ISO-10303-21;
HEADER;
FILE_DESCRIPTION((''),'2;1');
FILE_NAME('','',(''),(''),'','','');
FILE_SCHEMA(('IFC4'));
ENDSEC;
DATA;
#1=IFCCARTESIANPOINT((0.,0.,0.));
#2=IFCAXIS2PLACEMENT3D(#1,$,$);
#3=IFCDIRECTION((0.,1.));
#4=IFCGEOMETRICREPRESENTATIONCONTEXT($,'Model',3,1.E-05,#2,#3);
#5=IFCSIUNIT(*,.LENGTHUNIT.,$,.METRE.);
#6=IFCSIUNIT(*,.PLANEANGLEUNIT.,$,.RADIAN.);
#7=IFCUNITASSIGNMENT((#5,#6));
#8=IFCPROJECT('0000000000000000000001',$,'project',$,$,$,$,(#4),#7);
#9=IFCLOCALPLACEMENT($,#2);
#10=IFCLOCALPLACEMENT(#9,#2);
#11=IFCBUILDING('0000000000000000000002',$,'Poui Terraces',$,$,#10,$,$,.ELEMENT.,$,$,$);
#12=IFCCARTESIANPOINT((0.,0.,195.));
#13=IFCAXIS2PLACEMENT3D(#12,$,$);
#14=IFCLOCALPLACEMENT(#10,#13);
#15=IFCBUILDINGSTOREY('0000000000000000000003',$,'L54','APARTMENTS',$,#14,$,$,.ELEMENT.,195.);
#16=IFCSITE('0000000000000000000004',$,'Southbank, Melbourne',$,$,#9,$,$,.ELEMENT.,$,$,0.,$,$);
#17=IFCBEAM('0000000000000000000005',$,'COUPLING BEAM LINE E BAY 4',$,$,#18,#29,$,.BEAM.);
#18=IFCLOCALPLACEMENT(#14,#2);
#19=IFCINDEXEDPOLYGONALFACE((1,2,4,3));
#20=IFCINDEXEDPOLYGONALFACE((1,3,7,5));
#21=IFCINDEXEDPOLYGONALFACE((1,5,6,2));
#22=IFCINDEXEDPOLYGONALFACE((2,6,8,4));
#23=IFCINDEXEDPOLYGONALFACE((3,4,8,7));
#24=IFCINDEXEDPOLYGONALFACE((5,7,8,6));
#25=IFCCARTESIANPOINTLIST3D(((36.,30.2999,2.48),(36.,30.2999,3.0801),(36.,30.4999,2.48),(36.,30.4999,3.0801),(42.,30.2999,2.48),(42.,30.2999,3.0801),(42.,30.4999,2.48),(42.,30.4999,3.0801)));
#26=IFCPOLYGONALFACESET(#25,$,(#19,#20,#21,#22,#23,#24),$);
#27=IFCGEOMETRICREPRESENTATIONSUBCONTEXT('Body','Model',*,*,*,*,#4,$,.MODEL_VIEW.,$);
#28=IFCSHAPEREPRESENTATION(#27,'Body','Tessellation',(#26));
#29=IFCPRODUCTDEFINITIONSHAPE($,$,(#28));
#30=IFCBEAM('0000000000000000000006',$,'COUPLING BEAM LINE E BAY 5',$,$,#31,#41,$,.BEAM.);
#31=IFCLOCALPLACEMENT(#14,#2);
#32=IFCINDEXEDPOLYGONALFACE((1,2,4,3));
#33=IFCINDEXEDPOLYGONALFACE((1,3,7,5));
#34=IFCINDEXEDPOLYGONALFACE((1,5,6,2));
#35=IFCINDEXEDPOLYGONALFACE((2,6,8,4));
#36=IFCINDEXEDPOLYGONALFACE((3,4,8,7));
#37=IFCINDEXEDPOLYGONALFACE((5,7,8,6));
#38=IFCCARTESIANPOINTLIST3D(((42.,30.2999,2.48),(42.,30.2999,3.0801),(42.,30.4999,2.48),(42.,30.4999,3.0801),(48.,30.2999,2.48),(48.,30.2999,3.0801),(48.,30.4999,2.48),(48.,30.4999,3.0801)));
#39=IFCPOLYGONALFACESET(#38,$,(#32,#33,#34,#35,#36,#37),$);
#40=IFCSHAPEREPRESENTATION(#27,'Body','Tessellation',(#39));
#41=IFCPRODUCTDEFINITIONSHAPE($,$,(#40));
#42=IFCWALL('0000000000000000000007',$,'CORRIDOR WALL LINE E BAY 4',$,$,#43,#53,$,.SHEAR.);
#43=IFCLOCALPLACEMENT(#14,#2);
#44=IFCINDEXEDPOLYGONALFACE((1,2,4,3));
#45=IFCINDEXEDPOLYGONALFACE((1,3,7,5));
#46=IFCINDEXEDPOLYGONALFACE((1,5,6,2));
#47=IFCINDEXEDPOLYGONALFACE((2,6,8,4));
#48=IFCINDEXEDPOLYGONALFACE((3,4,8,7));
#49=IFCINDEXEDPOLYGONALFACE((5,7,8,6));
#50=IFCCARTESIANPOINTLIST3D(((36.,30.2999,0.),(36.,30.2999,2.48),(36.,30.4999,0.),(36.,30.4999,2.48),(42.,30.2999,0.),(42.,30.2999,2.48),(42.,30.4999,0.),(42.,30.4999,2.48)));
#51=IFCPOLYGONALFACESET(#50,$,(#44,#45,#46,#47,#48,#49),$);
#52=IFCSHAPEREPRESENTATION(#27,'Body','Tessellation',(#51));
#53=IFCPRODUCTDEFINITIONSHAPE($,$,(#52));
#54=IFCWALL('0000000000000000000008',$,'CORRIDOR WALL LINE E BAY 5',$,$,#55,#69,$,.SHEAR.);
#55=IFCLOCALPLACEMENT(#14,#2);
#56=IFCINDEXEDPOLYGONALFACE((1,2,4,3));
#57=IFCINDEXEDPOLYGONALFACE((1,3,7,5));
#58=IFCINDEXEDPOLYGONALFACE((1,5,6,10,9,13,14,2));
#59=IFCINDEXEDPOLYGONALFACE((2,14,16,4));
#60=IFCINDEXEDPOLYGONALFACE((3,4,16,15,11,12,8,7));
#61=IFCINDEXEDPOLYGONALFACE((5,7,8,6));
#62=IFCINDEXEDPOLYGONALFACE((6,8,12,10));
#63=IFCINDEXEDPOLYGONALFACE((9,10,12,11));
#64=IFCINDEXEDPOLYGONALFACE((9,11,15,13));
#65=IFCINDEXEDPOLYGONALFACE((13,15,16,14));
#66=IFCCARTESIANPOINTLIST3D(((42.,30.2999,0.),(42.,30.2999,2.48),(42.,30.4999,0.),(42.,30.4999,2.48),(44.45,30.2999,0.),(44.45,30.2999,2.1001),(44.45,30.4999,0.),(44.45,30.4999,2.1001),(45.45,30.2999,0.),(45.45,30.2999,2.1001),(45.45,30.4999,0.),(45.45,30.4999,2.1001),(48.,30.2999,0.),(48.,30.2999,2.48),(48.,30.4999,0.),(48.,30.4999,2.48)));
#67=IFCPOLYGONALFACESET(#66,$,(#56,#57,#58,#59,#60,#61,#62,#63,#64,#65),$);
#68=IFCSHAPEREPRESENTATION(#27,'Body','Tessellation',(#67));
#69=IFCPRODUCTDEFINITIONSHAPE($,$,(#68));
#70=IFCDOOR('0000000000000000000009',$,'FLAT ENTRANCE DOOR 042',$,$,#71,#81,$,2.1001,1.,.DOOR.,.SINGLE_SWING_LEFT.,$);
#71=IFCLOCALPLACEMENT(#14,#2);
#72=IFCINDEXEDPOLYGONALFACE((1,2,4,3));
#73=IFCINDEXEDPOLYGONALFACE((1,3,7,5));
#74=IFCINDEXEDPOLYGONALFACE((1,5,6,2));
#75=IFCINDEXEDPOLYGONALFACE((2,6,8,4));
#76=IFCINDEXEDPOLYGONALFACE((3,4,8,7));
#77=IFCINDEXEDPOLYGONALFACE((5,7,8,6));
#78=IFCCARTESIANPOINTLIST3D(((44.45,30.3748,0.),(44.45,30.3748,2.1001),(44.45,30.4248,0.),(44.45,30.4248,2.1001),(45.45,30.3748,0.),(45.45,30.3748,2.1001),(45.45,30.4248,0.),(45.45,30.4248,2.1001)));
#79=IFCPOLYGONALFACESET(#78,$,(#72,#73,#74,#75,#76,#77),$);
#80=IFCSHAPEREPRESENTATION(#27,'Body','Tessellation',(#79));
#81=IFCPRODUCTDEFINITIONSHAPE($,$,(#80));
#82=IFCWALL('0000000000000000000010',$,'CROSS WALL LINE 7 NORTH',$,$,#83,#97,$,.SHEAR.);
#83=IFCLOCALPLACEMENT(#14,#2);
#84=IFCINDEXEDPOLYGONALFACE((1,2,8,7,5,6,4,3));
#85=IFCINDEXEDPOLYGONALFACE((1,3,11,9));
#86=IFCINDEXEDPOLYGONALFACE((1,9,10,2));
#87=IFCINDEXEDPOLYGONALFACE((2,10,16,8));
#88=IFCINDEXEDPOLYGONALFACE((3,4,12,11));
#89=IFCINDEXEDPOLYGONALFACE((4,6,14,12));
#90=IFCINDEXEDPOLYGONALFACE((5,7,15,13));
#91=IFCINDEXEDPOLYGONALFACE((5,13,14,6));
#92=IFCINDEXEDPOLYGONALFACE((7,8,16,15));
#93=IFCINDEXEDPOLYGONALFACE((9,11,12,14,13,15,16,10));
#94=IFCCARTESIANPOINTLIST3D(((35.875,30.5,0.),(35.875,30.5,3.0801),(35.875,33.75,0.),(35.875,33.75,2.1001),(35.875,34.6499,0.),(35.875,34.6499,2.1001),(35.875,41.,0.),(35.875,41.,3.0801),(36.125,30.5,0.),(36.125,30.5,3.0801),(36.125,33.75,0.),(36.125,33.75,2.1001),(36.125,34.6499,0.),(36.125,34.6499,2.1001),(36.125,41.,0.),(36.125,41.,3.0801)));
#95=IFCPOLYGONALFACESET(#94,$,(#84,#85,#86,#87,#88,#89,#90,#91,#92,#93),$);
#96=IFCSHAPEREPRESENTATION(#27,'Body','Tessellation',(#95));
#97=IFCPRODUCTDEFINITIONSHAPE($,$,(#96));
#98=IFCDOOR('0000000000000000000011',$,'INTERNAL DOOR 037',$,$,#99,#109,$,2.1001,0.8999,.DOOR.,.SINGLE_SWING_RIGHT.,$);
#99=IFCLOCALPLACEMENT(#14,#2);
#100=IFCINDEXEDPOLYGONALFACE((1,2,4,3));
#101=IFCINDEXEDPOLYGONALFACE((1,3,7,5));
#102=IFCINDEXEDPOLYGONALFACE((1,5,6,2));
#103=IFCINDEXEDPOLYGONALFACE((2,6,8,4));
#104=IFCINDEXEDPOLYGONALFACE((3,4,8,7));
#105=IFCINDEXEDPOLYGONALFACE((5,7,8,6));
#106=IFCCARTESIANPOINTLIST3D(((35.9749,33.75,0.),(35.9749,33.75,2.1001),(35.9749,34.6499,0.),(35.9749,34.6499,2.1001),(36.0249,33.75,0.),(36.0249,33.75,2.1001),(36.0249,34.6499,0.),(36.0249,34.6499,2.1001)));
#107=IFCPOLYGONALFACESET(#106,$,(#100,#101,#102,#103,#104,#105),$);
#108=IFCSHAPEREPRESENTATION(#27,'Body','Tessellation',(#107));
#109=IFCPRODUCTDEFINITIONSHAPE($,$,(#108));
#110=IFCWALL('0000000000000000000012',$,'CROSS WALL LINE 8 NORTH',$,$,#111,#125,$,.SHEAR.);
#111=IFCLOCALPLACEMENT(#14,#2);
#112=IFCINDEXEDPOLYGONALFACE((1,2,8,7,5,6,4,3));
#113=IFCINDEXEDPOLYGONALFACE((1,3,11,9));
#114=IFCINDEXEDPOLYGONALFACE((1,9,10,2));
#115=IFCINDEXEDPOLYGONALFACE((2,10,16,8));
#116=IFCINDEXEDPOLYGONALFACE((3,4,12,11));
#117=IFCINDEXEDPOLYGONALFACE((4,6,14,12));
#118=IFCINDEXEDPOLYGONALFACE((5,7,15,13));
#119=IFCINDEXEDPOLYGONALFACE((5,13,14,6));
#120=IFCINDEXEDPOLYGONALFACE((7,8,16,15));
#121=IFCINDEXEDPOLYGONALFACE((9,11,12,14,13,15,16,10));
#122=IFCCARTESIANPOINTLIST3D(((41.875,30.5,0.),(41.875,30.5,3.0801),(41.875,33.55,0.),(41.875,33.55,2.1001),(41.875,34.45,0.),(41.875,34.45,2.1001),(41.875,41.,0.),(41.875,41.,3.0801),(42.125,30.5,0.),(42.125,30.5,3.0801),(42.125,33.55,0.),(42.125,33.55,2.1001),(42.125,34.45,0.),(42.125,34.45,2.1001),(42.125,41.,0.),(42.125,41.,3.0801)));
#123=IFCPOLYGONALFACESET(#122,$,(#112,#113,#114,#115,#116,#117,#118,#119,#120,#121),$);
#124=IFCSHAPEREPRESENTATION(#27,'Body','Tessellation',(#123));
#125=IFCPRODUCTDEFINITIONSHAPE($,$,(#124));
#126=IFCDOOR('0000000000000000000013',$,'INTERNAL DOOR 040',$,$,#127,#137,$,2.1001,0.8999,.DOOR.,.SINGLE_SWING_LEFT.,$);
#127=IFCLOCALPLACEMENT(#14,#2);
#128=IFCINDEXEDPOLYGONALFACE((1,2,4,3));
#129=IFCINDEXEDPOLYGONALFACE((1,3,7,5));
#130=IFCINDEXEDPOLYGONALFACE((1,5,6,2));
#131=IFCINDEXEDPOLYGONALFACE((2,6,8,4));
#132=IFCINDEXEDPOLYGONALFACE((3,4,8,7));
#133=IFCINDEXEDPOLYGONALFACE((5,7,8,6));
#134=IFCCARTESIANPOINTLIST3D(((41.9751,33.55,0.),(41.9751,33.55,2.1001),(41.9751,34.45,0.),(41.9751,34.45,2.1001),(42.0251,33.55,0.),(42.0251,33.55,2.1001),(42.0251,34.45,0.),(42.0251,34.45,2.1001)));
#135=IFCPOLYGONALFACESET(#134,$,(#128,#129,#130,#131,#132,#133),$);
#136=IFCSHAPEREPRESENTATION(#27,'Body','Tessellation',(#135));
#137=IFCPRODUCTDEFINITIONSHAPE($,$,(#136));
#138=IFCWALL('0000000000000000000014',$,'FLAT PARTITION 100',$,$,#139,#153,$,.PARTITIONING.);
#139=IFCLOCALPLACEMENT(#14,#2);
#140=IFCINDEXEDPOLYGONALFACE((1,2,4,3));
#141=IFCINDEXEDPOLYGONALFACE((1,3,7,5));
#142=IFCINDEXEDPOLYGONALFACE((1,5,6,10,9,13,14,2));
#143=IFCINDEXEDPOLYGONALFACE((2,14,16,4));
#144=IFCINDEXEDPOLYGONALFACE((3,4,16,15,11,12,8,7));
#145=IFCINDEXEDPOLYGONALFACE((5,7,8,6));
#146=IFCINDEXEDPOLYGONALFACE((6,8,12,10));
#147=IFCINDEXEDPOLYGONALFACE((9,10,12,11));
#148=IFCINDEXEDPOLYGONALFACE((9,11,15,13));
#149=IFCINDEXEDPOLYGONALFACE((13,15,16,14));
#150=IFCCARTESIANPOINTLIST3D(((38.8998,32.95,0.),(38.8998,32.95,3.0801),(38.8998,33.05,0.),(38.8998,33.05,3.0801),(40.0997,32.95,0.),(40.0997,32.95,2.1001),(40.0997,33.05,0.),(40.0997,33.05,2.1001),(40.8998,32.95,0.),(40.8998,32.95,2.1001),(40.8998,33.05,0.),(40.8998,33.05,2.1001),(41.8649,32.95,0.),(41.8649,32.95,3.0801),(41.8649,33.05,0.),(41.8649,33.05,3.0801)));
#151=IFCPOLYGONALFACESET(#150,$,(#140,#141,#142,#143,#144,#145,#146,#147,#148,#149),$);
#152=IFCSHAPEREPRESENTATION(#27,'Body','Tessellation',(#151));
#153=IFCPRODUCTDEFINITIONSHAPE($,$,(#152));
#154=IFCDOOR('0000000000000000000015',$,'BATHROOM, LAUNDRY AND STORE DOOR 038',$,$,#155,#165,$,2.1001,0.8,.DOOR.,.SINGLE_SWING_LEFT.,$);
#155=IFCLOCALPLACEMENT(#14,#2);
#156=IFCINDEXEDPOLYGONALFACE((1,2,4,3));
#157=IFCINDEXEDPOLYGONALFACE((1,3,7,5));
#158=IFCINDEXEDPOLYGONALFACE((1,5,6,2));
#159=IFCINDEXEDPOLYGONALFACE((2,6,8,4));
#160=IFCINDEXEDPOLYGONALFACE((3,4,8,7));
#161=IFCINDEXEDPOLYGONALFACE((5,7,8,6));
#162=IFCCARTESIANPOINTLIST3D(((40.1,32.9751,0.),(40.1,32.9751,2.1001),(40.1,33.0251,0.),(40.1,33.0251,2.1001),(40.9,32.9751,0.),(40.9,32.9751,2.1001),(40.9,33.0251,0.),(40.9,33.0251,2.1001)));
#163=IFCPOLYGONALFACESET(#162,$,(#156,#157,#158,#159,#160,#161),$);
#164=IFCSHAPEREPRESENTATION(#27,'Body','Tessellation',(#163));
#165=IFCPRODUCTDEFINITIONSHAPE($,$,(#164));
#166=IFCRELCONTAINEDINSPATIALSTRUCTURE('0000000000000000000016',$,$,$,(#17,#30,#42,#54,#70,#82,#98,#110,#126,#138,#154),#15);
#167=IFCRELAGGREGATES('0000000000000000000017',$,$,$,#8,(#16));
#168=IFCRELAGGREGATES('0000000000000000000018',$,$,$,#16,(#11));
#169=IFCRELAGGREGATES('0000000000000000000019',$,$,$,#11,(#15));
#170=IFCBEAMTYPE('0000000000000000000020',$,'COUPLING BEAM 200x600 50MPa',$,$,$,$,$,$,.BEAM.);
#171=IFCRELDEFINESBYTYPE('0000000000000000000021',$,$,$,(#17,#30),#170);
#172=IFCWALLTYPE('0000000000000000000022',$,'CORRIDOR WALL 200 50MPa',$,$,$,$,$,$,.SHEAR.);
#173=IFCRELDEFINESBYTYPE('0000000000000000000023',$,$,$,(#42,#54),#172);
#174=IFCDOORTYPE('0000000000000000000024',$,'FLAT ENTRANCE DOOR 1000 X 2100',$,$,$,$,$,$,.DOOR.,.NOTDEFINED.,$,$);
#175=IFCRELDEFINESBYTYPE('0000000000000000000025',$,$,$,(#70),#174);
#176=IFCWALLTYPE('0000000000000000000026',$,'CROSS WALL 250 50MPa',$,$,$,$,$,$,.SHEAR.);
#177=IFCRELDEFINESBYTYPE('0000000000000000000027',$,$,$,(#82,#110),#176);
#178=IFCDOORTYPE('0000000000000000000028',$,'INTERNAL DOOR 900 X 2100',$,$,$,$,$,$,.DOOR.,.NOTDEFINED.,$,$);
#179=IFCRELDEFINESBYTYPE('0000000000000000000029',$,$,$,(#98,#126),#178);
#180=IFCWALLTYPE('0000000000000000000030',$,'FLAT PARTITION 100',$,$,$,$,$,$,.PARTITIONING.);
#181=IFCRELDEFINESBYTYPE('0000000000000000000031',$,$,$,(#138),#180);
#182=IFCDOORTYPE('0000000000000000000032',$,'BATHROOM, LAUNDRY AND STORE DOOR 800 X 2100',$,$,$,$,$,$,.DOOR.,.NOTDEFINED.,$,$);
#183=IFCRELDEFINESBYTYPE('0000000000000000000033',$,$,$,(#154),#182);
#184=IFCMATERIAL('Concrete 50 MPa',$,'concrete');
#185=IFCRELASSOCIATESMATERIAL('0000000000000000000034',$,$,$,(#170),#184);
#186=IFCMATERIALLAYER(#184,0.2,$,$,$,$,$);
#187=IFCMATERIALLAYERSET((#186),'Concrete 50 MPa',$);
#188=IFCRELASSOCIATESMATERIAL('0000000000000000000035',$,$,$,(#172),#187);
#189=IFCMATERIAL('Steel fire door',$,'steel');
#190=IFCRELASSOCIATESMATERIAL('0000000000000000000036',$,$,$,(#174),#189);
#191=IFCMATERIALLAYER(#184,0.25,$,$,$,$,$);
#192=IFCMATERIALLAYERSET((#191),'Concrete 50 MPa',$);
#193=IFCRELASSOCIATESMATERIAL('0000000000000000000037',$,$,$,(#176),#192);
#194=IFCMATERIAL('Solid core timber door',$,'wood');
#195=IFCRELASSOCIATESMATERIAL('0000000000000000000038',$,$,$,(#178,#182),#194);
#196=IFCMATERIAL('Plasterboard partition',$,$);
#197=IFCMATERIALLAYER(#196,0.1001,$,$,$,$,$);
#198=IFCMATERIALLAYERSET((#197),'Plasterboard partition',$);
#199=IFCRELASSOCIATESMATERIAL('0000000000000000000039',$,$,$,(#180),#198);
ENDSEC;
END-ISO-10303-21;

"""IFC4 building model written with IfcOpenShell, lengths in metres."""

from ifc_helpers import new_model, si_unit, direction, frame, frame_2d, origin, origin_2d, place, context, subcontext, project, spatial, rectangle, extrude, source, transform, mapped, material, layer, layer_set, material_profile, profile_set, type_object, element, fill, save


model = new_model("IFC4")

# Units and contexts
model_context = context("Model", 3, precision=1e-05, world=origin(), true_north=direction((0.0, 1.0)))
body_context = subcontext(model_context, "Body", "Model", "MODEL_VIEW")
ifc_project = project(units=[si_unit("LENGTHUNIT", "METRE"), si_unit("PLANEANGLEUNIT", "RADIAN")], contexts=[model_context])

# Site, building, storey
site_placement = place(None, origin())
site = spatial("IfcSite", under=ifc_project, at=site_placement, Name="Southbank, Melbourne", CompositionType="ELEMENT", RefElevation=0.0)
building_placement = place(site_placement, origin())
building = spatial("IfcBuilding", under=site, at=building_placement, Name="Poui Terraces", CompositionType="ELEMENT")
storey_placement = place(building_placement, frame((0.0, 0.0, 195.0)))
storey = spatial("IfcBuildingStorey", under=building, at=storey_placement, Name="L54", Description="APARTMENTS", CompositionType="ELEMENT", Elevation=195.0)

# Beams
ifc_material_1 = material(Name="Concrete 50 MPa", Category="concrete")
ifc_material_profile_1 = material_profile(ifc_material_1, rectangle(XDim=0.2, YDim=0.6001, at=origin_2d()), Name="RC 200x600")
ifc_profile_set_1 = profile_set([ifc_material_profile_1], Name="Concrete 50 MPa")
beam_type = type_object("IfcBeamType", Name="COUPLING BEAM 200x600 50MPa", PredefinedType="BEAM", material=ifc_profile_set_1)
shared_shape_1 = source(origin(), body_context, "Body", "SweptSolid", [
    extrude(rectangle(XDim=0.2, YDim=0.6001, at=origin_2d()), origin(), (0.0, 0.0, 1.0), 6.0),
])
for number, where, z_axis, x_axis, name in (
    (1, (36.0, 30.3999, 2.78), (1.0, 0.0, 0.0), (0.0, 1.0, 0.0), "COUPLING BEAM LINE E BAY 4"),
    (2, (42.0, 30.3999, 2.78), (1.0, 0.0, 0.0), (0.0, 1.0, 0.0), "COUPLING BEAM LINE E BAY 5"),
):
    element("IfcBeam", number, at=place(storey_placement, frame(where, z_axis=z_axis, x_axis=x_axis)), inside=storey, type_object=beam_type, Name=name, PredefinedType="BEAM", context=body_context, shape_type="MappedRepresentation", body=[
        mapped(shared_shape_1, transform((0.0, 0.0, 0.0))),
    ])

# Wall
ifc_layer_1 = layer(ifc_material_1, 0.2)
ifc_layer_set_1 = layer_set([ifc_layer_1], Name="Concrete 50 MPa")
wall_type_1 = type_object("IfcWallType", Name="CORRIDOR WALL 200 50MPa", PredefinedType="SHEAR", material=ifc_layer_set_1)
wall_1_placement = place(storey_placement, frame((36.0, 30.3999, 0.0), z_axis=(0.0, 0.0, 1.0), x_axis=(1.0, 0.0, 0.0)))
element("IfcWall", 3, at=wall_1_placement, inside=storey, type_object=wall_type_1, Name="CORRIDOR WALL LINE E BAY 4", PredefinedType="SHEAR", context=body_context, shape_type="SweptSolid", body=[
    extrude(rectangle(XDim=6.0, YDim=0.2, at=frame_2d((3.0, 0.0))), origin(), (0.0, 0.0, 1.0), 2.48),
])

# Walls, openings, doors
wall_2_placement = place(storey_placement, frame((42.0, 30.3999, 0.0), z_axis=(0.0, 0.0, 1.0), x_axis=(1.0, 0.0, 0.0)))
wall_2 = element("IfcWall", 4, at=wall_2_placement, inside=storey, type_object=wall_type_1, Name="CORRIDOR WALL LINE E BAY 5", PredefinedType="SHEAR", context=body_context, shape_type="SweptSolid", body=[
    extrude(rectangle(XDim=6.0, YDim=0.2, at=frame_2d((3.0, 0.0))), origin(), (0.0, 0.0, 1.0), 2.48),
])
opening_1_placement = place(wall_2_placement, frame((2.45, 0.0, 0.0)))
opening_1 = element("IfcOpeningElement", 5, at=opening_1_placement, cuts=wall_2, PredefinedType="OPENING", context=body_context, shape_type="SweptSolid", body=[
    extrude(rectangle(XDim=1.0, YDim=2.1001, at=frame_2d((0.5, 1.05))), frame((0.0, 0.1099, 0.0), z_axis=(0.0, -1.0, 0.0), x_axis=(1.0, 0.0, 0.0)), (0.0, 0.0, 1.0), 0.22),
])
ifc_material_2 = material(Name="Steel fire door", Category="steel")
door_type_1 = type_object("IfcDoorType", Name="FLAT ENTRANCE DOOR 1000 X 2100", OperationType="NOTDEFINED", PredefinedType="DOOR", material=ifc_material_2)
door_1_placement = place(opening_1_placement, origin())
door_1 = element("IfcDoor", 6, at=door_1_placement, inside=storey, type_object=door_type_1, Name="FLAT ENTRANCE DOOR 042", OperationType="SINGLE_SWING_LEFT", OverallHeight=2.1001, OverallWidth=1.0, PredefinedType="DOOR", context=body_context, shape_type="SweptSolid", body=[
    extrude(rectangle(XDim=1.0, YDim=2.1001, at=frame_2d((0.5, 1.05))), frame((0.0, 0.0249, 0.0), z_axis=(0.0, -1.0, 0.0), x_axis=(1.0, 0.0, 0.0)), (0.0, 0.0, 1.0), 0.05),
])
fill(opening_1, door_1)
ifc_layer_2 = layer(ifc_material_1, 0.25)
ifc_layer_set_2 = layer_set([ifc_layer_2], Name="Concrete 50 MPa")
wall_type_2 = type_object("IfcWallType", Name="CROSS WALL 250 50MPa", PredefinedType="SHEAR", material=ifc_layer_set_2)
wall_3_placement = place(storey_placement, frame((36.0, 30.5, 0.0), z_axis=(0.0, 0.0, 1.0), x_axis=(0.0, 1.0, 0.0)))
wall_3 = element("IfcWall", 7, at=wall_3_placement, inside=storey, type_object=wall_type_2, Name="CROSS WALL LINE 7 NORTH", PredefinedType="SHEAR", context=body_context, shape_type="SweptSolid", body=[
    extrude(rectangle(XDim=10.5, YDim=0.25, at=frame_2d((5.25, 0.0))), origin(), (0.0, 0.0, 1.0), 3.0801),
])
opening_2_placement = place(wall_3_placement, frame((3.25, 0.0, 0.0)))
opening_2 = element("IfcOpeningElement", 8, at=opening_2_placement, cuts=wall_3, PredefinedType="OPENING", context=body_context, shape_type="SweptSolid", body=[
    extrude(rectangle(XDim=0.8999, YDim=2.1001, at=frame_2d((0.45, 1.05))), frame((0.0, 0.135, 0.0), z_axis=(0.0, -1.0, 0.0), x_axis=(1.0, 0.0, 0.0)), (0.0, 0.0, 1.0), 0.27),
])
ifc_material_3 = material(Name="Solid core timber door", Category="wood")
door_type_2 = type_object("IfcDoorType", Name="INTERNAL DOOR 900 X 2100", OperationType="NOTDEFINED", PredefinedType="DOOR", material=ifc_material_3)
door_2_placement = place(opening_2_placement, frame((0.8999, 0.0, 0.0), z_axis=(0.0, 0.0, 1.0), x_axis=(-1.0, 0.0, 0.0)))
door_2 = element("IfcDoor", 9, at=door_2_placement, inside=storey, type_object=door_type_2, Name="INTERNAL DOOR 037", OperationType="SINGLE_SWING_RIGHT", OverallHeight=2.1001, OverallWidth=0.8999, PredefinedType="DOOR", context=body_context, shape_type="SweptSolid", body=[
    extrude(rectangle(XDim=0.8999, YDim=2.1001, at=frame_2d((0.45, 1.05))), frame((0.0, 0.0249, 0.0), z_axis=(0.0, -1.0, 0.0), x_axis=(1.0, 0.0, 0.0)), (0.0, 0.0, 1.0), 0.05),
])
fill(opening_2, door_2)
wall_4_placement = place(storey_placement, frame((42.0, 30.5, 0.0), z_axis=(0.0, 0.0, 1.0), x_axis=(0.0, 1.0, 0.0)))
wall_4 = element("IfcWall", 10, at=wall_4_placement, inside=storey, type_object=wall_type_2, Name="CROSS WALL LINE 8 NORTH", PredefinedType="SHEAR", context=body_context, shape_type="SweptSolid", body=[
    extrude(rectangle(XDim=10.5, YDim=0.25, at=frame_2d((5.25, 0.0))), origin(), (0.0, 0.0, 1.0), 3.0801),
])
opening_3_placement = place(wall_4_placement, frame((3.05, 0.0, 0.0)))
opening_3 = element("IfcOpeningElement", 11, at=opening_3_placement, cuts=wall_4, PredefinedType="OPENING", context=body_context, shape_type="SweptSolid", body=[
    extrude(rectangle(XDim=0.8999, YDim=2.1001, at=frame_2d((0.45, 1.05))), frame((0.0, 0.135, 0.0), z_axis=(0.0, -1.0, 0.0), x_axis=(1.0, 0.0, 0.0)), (0.0, 0.0, 1.0), 0.27),
])
door_3_placement = place(opening_3_placement, origin())
door_3 = element("IfcDoor", 12, at=door_3_placement, inside=storey, type_object=door_type_2, Name="INTERNAL DOOR 040", OperationType="SINGLE_SWING_LEFT", OverallHeight=2.1001, OverallWidth=0.8999, PredefinedType="DOOR", context=body_context, shape_type="SweptSolid", body=[
    extrude(rectangle(XDim=0.8999, YDim=2.1001, at=frame_2d((0.45, 1.05))), frame((0.0, 0.0249, 0.0), z_axis=(0.0, -1.0, 0.0), x_axis=(1.0, 0.0, 0.0)), (0.0, 0.0, 1.0), 0.05),
])
fill(opening_3, door_3)
ifc_material_4 = material(Name="Plasterboard partition")
ifc_layer_3 = layer(ifc_material_4, 0.1001)
ifc_layer_set_3 = layer_set([ifc_layer_3], Name="Plasterboard partition")
wall_type_3 = type_object("IfcWallType", Name="FLAT PARTITION 100", PredefinedType="PARTITIONING", material=ifc_layer_set_3)
wall_5_placement = place(storey_placement, frame((38.8999, 33.0, 0.0), z_axis=(0.0, 0.0, 1.0), x_axis=(1.0, 0.0, 0.0)))
wall_5 = element("IfcWall", 13, at=wall_5_placement, inside=storey, type_object=wall_type_3, Name="FLAT PARTITION 100", PredefinedType="PARTITIONING", context=body_context, shape_type="SweptSolid", body=[
    extrude(rectangle(XDim=2.9651, YDim=0.1001, at=frame_2d((1.4824, 0.0))), origin(), (0.0, 0.0, 1.0), 3.0801),
])
opening_4_placement = place(wall_5_placement, frame((1.2, 0.0, 0.0)))
opening_4 = element("IfcOpeningElement", 14, at=opening_4_placement, cuts=wall_5, PredefinedType="OPENING", context=body_context, shape_type="SweptSolid", body=[
    extrude(rectangle(XDim=0.8, YDim=2.1001, at=frame_2d((0.3999, 1.05))), frame((0.0, 0.0601, 0.0), z_axis=(0.0, -1.0, 0.0), x_axis=(1.0, 0.0, 0.0)), (0.0, 0.0, 1.0), 0.1201),
])
door_type_3 = type_object("IfcDoorType", Name="BATHROOM, LAUNDRY AND STORE DOOR 800 X 2100", OperationType="NOTDEFINED", PredefinedType="DOOR", material=ifc_material_3)
door_4_placement = place(opening_4_placement, frame((0.8, 0.0, 0.0), z_axis=(0.0, 0.0, 1.0), x_axis=(-1.0, 0.0, 0.0)))
door_4 = element("IfcDoor", 15, at=door_4_placement, inside=storey, type_object=door_type_3, Name="BATHROOM, LAUNDRY AND STORE DOOR 038", OperationType="SINGLE_SWING_LEFT", OverallHeight=2.1001, OverallWidth=0.8, PredefinedType="DOOR", context=body_context, shape_type="SweptSolid", body=[
    extrude(rectangle(XDim=0.8, YDim=2.1001, at=frame_2d((0.3999, 1.05))), frame((0.0, 0.0249, 0.0), z_axis=(0.0, -1.0, 0.0), x_axis=(1.0, 0.0, 0.0)), (0.0, 0.0, 1.0), 0.05),
])
fill(opening_4, door_4)

save(model, "model.ifc")
